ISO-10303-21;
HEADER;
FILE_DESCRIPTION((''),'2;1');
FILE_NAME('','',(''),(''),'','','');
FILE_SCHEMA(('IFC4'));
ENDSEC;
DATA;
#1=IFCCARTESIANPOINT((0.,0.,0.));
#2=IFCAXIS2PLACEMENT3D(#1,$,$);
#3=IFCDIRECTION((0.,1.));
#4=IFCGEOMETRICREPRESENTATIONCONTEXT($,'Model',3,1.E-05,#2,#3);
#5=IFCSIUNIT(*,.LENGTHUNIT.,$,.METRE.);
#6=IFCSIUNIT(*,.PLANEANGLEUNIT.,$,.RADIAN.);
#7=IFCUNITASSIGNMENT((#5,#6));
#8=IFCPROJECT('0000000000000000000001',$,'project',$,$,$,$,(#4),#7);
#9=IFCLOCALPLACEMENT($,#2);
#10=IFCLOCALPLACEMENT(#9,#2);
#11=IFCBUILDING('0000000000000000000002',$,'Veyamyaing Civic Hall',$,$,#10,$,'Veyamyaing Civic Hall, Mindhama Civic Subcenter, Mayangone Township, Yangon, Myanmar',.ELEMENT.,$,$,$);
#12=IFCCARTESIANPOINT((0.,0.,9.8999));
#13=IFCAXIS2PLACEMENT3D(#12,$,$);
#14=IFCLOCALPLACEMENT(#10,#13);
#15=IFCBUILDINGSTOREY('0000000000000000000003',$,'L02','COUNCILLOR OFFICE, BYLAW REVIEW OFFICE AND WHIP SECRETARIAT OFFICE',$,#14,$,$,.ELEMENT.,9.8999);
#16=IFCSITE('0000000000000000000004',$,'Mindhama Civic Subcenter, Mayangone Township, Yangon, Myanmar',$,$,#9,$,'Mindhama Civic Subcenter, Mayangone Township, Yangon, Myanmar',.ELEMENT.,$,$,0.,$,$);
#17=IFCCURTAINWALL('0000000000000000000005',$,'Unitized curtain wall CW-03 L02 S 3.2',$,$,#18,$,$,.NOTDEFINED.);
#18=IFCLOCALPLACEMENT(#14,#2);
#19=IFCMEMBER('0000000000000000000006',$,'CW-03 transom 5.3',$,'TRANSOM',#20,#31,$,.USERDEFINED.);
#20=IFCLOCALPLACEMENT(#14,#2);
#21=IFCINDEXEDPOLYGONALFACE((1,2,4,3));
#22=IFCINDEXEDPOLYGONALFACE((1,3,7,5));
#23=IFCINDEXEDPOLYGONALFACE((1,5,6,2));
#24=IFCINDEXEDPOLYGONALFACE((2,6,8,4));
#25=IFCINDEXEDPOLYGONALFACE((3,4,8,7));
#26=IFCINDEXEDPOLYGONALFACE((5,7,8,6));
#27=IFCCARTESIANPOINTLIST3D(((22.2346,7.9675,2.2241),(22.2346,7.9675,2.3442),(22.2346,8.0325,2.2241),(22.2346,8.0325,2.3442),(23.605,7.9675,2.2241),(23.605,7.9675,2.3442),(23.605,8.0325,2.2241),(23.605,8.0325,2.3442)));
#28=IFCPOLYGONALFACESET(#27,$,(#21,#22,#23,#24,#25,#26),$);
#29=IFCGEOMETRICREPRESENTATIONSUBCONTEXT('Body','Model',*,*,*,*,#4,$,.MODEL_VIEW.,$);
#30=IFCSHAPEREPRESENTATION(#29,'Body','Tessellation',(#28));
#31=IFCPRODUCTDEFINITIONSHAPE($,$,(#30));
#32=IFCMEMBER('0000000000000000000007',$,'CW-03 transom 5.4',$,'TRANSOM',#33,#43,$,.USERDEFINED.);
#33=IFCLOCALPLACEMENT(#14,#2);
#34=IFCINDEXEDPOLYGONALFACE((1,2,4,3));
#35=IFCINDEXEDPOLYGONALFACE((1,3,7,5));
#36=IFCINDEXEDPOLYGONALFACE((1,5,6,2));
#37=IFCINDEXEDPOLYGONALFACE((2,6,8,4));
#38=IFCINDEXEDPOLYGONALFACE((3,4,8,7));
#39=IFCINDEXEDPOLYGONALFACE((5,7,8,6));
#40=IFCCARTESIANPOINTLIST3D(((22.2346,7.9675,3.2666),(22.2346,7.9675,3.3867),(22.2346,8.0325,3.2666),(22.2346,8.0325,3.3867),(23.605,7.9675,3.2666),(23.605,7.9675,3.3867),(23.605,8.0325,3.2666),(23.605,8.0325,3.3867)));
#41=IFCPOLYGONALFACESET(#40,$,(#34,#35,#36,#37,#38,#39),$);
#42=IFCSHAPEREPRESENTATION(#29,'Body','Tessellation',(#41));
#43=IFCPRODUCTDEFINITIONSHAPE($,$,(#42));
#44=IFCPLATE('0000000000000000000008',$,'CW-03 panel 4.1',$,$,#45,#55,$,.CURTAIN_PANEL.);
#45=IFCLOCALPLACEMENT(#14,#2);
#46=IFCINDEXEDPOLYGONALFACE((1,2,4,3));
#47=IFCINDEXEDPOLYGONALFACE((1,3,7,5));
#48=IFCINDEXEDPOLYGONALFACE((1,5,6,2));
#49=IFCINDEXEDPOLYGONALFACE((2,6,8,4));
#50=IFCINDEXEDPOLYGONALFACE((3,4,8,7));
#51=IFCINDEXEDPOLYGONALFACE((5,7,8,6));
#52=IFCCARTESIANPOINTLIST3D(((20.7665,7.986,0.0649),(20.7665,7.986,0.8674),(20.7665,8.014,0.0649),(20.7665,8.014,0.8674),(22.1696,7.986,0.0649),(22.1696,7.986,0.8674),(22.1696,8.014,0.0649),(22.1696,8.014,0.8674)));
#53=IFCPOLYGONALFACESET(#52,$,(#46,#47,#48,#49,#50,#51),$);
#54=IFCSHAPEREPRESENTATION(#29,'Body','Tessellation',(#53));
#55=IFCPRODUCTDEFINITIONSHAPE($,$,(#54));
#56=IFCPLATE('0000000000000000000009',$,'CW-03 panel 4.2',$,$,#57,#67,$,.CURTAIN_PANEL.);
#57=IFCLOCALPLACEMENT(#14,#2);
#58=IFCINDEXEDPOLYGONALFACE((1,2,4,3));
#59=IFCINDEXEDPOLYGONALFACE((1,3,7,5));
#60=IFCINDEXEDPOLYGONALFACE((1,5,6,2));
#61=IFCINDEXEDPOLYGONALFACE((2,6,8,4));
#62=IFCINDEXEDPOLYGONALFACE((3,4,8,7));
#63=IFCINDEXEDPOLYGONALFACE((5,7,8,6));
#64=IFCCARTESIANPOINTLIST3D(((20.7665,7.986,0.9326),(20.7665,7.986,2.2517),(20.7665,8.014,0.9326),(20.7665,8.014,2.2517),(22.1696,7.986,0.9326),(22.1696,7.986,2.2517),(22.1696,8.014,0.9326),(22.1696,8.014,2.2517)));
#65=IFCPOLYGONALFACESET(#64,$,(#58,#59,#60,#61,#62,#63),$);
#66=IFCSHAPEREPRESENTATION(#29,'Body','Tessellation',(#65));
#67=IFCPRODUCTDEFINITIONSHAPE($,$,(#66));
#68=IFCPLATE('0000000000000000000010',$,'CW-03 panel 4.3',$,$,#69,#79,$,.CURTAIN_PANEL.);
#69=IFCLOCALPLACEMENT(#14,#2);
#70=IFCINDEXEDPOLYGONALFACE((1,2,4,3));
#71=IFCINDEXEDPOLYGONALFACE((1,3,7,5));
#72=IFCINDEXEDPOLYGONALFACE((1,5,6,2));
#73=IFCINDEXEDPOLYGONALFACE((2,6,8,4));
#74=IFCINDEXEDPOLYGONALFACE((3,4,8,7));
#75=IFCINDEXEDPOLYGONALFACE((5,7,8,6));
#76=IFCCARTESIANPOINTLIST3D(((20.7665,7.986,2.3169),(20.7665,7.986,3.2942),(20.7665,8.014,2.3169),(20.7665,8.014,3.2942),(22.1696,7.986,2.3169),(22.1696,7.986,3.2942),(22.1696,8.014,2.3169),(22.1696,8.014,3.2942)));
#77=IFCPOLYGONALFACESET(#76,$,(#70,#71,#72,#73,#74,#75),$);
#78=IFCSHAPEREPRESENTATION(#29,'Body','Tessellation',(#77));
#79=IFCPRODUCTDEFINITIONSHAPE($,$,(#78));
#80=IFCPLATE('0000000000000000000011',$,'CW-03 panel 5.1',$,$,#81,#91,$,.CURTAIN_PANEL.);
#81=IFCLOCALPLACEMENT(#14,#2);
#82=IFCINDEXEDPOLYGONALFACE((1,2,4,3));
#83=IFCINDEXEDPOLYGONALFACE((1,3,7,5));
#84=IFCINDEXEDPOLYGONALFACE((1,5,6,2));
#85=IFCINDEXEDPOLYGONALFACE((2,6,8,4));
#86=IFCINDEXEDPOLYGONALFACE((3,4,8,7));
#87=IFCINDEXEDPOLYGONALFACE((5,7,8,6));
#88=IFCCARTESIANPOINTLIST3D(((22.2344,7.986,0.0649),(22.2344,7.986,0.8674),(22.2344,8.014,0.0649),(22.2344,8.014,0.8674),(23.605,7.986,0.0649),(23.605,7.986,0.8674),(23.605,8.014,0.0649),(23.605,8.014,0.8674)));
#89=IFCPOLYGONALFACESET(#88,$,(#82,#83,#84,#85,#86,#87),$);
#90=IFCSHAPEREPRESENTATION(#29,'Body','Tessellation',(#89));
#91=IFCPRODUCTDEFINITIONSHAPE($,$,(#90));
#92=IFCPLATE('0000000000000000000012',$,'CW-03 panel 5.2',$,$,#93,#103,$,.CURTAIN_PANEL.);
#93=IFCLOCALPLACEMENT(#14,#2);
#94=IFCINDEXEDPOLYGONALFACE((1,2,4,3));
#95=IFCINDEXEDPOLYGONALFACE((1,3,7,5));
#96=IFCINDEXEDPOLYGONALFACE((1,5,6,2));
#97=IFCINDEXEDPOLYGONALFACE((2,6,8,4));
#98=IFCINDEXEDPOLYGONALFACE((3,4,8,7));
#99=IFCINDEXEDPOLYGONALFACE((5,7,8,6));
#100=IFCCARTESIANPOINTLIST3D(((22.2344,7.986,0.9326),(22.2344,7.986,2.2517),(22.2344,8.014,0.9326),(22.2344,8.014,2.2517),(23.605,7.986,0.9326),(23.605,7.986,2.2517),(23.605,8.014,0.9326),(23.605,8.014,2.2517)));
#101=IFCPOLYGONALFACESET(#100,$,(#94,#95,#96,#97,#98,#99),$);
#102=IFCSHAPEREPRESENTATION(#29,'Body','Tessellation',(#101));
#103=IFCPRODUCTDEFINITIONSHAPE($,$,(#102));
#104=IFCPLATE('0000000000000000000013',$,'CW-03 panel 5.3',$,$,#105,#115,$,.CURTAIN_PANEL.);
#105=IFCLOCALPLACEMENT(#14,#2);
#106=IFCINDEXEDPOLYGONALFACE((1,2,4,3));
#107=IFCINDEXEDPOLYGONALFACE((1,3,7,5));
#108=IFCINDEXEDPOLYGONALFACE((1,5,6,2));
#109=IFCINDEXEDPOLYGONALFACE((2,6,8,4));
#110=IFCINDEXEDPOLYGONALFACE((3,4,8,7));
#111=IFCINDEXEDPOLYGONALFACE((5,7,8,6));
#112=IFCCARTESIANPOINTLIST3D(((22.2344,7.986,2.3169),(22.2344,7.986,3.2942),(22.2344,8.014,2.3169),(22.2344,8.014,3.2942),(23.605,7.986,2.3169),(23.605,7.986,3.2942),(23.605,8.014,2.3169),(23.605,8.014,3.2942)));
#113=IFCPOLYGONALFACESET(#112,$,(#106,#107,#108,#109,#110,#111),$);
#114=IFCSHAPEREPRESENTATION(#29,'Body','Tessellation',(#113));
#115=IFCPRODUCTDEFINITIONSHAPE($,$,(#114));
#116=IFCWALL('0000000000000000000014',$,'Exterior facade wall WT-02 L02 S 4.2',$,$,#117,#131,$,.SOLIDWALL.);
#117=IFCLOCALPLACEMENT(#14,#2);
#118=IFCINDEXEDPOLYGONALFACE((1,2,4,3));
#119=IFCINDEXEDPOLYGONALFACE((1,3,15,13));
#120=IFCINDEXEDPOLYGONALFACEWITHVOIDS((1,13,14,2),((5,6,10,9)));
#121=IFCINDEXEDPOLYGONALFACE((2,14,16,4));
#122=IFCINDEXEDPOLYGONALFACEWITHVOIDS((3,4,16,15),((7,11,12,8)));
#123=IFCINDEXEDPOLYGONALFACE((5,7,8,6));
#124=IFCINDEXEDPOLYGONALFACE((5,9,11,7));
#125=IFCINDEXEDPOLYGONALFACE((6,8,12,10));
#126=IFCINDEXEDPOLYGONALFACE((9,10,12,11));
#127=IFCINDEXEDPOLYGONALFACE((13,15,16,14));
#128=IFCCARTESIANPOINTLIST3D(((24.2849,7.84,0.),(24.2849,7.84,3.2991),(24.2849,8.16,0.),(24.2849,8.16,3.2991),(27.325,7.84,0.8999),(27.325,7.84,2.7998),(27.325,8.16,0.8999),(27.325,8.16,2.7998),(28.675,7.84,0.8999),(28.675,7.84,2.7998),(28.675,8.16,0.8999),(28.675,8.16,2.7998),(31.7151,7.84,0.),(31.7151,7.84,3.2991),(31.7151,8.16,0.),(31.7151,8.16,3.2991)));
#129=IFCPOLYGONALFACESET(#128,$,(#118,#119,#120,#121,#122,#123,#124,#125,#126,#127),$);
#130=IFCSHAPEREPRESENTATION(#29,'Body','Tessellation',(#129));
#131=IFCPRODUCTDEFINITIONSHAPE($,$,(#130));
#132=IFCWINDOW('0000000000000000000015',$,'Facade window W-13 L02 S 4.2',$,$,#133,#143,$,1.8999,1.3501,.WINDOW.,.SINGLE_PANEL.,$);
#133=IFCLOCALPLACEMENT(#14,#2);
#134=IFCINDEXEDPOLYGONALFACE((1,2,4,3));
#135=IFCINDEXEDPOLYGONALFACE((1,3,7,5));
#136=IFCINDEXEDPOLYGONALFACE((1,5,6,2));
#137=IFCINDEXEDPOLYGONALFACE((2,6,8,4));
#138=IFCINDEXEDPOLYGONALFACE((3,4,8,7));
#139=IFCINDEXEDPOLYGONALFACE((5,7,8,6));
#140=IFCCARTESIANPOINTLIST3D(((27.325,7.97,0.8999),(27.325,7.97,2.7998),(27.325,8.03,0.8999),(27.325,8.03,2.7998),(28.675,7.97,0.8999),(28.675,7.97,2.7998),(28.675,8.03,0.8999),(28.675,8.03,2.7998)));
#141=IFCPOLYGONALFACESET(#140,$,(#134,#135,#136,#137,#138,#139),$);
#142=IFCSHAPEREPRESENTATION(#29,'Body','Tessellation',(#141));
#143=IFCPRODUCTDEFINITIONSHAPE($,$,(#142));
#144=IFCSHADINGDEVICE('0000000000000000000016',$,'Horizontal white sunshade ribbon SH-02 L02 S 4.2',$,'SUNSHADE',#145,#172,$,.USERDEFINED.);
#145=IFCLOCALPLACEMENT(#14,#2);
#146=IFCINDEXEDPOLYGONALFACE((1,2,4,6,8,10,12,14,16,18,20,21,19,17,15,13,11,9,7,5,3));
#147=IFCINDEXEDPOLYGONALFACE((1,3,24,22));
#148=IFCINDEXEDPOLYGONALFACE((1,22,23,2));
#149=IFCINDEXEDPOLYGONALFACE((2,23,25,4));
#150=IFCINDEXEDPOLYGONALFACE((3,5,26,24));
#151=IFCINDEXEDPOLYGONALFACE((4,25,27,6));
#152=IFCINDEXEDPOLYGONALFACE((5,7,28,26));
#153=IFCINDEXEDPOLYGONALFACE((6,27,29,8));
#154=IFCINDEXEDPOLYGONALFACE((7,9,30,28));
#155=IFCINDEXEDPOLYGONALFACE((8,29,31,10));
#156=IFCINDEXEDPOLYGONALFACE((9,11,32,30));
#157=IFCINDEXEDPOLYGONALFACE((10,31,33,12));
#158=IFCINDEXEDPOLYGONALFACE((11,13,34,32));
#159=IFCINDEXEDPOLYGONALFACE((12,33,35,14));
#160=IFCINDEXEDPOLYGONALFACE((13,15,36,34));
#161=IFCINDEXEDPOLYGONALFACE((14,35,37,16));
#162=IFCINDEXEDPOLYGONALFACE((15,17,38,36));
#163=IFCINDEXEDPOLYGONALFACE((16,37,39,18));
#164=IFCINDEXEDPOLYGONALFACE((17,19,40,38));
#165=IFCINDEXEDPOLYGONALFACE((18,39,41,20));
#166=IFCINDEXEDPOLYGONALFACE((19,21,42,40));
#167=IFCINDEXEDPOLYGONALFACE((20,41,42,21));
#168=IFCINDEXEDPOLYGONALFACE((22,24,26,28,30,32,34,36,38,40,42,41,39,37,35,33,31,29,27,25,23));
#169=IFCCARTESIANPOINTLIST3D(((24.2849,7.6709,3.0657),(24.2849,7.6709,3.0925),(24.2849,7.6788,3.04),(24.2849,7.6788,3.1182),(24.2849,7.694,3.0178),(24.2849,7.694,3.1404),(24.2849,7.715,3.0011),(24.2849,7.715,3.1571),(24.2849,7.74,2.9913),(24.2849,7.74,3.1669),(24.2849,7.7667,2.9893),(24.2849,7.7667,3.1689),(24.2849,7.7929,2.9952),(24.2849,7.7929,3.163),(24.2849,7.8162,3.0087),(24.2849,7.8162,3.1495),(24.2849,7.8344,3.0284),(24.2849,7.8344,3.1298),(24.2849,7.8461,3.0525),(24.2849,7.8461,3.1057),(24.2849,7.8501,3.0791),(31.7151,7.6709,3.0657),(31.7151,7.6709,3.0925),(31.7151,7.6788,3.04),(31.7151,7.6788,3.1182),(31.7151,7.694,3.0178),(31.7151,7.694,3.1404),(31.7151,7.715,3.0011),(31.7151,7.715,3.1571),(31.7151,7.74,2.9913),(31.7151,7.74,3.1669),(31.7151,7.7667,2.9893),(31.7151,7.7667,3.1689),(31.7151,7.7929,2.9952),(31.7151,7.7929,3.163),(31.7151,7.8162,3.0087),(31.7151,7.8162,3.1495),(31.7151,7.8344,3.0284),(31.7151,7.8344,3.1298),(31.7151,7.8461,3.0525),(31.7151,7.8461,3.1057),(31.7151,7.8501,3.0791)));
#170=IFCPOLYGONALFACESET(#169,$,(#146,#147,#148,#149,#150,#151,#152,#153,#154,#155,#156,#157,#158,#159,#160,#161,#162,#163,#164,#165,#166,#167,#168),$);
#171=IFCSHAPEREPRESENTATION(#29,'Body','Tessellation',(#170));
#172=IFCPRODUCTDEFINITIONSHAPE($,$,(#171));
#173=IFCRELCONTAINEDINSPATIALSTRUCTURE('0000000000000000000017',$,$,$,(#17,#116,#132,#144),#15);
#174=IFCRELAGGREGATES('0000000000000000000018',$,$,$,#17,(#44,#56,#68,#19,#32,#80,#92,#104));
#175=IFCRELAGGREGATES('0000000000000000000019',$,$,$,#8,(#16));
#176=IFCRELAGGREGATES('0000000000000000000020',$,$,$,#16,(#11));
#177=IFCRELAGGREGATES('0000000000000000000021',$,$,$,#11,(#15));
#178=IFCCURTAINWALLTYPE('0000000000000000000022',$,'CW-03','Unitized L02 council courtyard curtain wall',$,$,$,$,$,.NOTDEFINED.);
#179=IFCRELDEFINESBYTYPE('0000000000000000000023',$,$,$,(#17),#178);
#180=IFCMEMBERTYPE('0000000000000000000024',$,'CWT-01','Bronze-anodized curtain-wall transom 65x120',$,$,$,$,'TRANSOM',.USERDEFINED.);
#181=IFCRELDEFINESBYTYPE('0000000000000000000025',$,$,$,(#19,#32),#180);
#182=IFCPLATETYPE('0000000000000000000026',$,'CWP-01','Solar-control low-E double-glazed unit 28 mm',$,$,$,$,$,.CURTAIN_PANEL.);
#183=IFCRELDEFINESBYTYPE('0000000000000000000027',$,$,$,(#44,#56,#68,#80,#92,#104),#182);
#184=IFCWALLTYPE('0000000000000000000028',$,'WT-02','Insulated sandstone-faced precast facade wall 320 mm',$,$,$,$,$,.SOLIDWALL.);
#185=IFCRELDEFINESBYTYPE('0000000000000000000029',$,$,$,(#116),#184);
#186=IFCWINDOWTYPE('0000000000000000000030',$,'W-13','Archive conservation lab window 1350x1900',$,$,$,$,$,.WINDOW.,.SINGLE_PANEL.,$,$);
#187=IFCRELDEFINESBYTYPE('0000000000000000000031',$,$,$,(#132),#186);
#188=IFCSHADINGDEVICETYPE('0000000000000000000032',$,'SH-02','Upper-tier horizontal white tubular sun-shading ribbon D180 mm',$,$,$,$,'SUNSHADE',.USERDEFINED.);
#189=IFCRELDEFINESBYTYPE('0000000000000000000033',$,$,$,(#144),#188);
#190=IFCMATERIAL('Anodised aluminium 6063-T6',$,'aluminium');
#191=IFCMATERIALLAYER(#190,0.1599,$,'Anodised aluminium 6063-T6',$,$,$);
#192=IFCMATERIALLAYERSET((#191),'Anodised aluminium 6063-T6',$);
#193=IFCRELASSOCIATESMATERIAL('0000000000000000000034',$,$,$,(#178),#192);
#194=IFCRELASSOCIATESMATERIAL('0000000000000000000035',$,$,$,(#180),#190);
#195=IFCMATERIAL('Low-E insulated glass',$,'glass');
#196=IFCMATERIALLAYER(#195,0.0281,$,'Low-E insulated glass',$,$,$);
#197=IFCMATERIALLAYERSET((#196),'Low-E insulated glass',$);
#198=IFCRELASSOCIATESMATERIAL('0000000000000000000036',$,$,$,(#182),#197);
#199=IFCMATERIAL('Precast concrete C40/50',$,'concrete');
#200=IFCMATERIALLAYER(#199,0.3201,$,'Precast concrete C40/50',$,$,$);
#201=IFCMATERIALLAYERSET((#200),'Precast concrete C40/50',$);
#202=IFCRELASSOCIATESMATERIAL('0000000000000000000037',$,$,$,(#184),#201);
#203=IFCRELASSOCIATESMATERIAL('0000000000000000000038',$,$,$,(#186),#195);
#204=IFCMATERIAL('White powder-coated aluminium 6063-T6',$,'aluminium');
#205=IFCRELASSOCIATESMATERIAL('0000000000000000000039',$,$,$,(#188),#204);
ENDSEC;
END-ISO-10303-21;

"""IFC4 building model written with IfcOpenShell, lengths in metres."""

from ifc_helpers import new_model, si_unit, direction, frame, frame_2d, origin, origin_2d, place, context, subcontext, project, spatial, rectangle, circle, extrude, material, layer, layer_set, material_profile, profile_set, type_object, element, fill, aggregate, save


model = new_model("IFC4")

# Units and contexts
model_context = context("Model", 3, precision=1e-05, world=origin(), true_north=direction((0.0, 1.0)))
body_context = subcontext(model_context, "Body", "Model", "MODEL_VIEW")
ifc_project = project(units=[si_unit("LENGTHUNIT", "METRE"), si_unit("PLANEANGLEUNIT", "RADIAN")], contexts=[model_context])

# Site, building, storey
site_placement = place(None, origin())
site = spatial("IfcSite", under=ifc_project, at=site_placement, Name="Mindhama Civic Subcenter, Mayangone Township, Yangon, Myanmar", LongName="Mindhama Civic Subcenter, Mayangone Township, Yangon, Myanmar", CompositionType="ELEMENT", RefElevation=0.0)
building_placement = place(site_placement, origin())
building = spatial("IfcBuilding", under=site, at=building_placement, Name="Veyamyaing Civic Hall", LongName="Veyamyaing Civic Hall, Mindhama Civic Subcenter, Mayangone Township, Yangon, Myanmar", CompositionType="ELEMENT")
storey_placement = place(building_placement, frame((0.0, 0.0, 9.8999)))
storey = spatial("IfcBuildingStorey", under=building, at=storey_placement, Name="L02", Description="COUNCILLOR OFFICE, BYLAW REVIEW OFFICE AND WHIP SECRETARIAT OFFICE", CompositionType="ELEMENT", Elevation=9.8999)

# Curtain wall, members, plates
ifc_material_1 = material(Name="Anodised aluminium 6063-T6", Category="aluminium")
ifc_layer_1 = layer(ifc_material_1, 0.1599, Name="Anodised aluminium 6063-T6")
ifc_layer_set_1 = layer_set([ifc_layer_1], Name="Anodised aluminium 6063-T6")
curtain_wall_type = type_object("IfcCurtainWallType", Name="CW-03", Description="Unitized L02 council courtyard curtain wall", PredefinedType="NOTDEFINED", material=ifc_layer_set_1)
curtain_wall_placement = place(storey_placement, origin())
curtain_wall = element("IfcCurtainWall", 1, at=curtain_wall_placement, inside=storey, type_object=curtain_wall_type, Name="Unitized curtain wall CW-03 L02 S 3.2", PredefinedType="NOTDEFINED")
ifc_material_profile_1 = material_profile(ifc_material_1, rectangle(XDim=0.0649, YDim=0.1201, at=origin_2d()), Name="ALU-TRN-65X120")
ifc_profile_set_1 = profile_set([ifc_material_profile_1], Name="Anodised aluminium 6063-T6")
member_type_1 = type_object("IfcMemberType", Name="CWT-01", Description="Bronze-anodized curtain-wall transom 65x120", ElementType="TRANSOM", PredefinedType="USERDEFINED", material=ifc_profile_set_1)
member_1_placement = place(storey_placement, frame((22.2346, 8.0, 2.2842), z_axis=(1.0, 0.0, 0.0), x_axis=(0.0, 1.0, 0.0)))
member_1 = element("IfcMember", 2, at=member_1_placement, type_object=member_type_1, Name="CW-03 transom 5.3", ObjectType="TRANSOM", PredefinedType="USERDEFINED", context=body_context, shape_type="SweptSolid", body=[
    extrude(rectangle(XDim=0.0649, YDim=0.1201, at=origin_2d()), origin(), (0.0, 0.0, 1.0), 1.3704),
])
member_2_placement = place(storey_placement, frame((22.2346, 8.0, 3.3267), z_axis=(1.0, 0.0, 0.0), x_axis=(0.0, 1.0, 0.0)))
member_2 = element("IfcMember", 3, at=member_2_placement, type_object=member_type_1, Name="CW-03 transom 5.4", ObjectType="TRANSOM", PredefinedType="USERDEFINED", context=body_context, shape_type="SweptSolid", body=[
    extrude(rectangle(XDim=0.0649, YDim=0.1201, at=origin_2d()), origin(), (0.0, 0.0, 1.0), 1.3704),
])
ifc_material_2 = material(Name="Low-E insulated glass", Category="glass")
ifc_layer_2 = layer(ifc_material_2, 0.0281, Name="Low-E insulated glass")
ifc_layer_set_2 = layer_set([ifc_layer_2], Name="Low-E insulated glass")
plate_type = type_object("IfcPlateType", Name="CWP-01", Description="Solar-control low-E double-glazed unit 28 mm", PredefinedType="CURTAIN_PANEL", material=ifc_layer_set_2)
plate_1_placement = place(storey_placement, frame((21.468, 8.0, 0.0649), z_axis=(0.0, 0.0, 1.0), x_axis=(1.0, 0.0, 0.0)))
plate_1 = element("IfcPlate", 4, at=plate_1_placement, type_object=plate_type, Name="CW-03 panel 4.1", PredefinedType="CURTAIN_PANEL", context=body_context, shape_type="SweptSolid", body=[
    extrude(rectangle(XDim=1.4031, YDim=0.0281, at=origin_2d()), origin(), (0.0, 0.0, 1.0), 0.8025),
])
plate_2_placement = place(storey_placement, frame((21.468, 8.0, 0.9326), z_axis=(0.0, 0.0, 1.0), x_axis=(1.0, 0.0, 0.0)))
plate_2 = element("IfcPlate", 5, at=plate_2_placement, type_object=plate_type, Name="CW-03 panel 4.2", PredefinedType="CURTAIN_PANEL", context=body_context, shape_type="SweptSolid", body=[
    extrude(rectangle(XDim=1.4031, YDim=0.0281, at=origin_2d()), origin(), (0.0, 0.0, 1.0), 1.3191),
])
plate_3_placement = place(storey_placement, frame((21.468, 8.0, 2.3169), z_axis=(0.0, 0.0, 1.0), x_axis=(1.0, 0.0, 0.0)))
plate_3 = element("IfcPlate", 6, at=plate_3_placement, type_object=plate_type, Name="CW-03 panel 4.3", PredefinedType="CURTAIN_PANEL", context=body_context, shape_type="SweptSolid", body=[
    extrude(rectangle(XDim=1.4031, YDim=0.0281, at=origin_2d()), origin(), (0.0, 0.0, 1.0), 0.9773),
])
plate_4_placement = place(storey_placement, frame((22.9197, 8.0, 0.0649), z_axis=(0.0, 0.0, 1.0), x_axis=(1.0, 0.0, 0.0)))
plate_4 = element("IfcPlate", 7, at=plate_4_placement, type_object=plate_type, Name="CW-03 panel 5.1", PredefinedType="CURTAIN_PANEL", context=body_context, shape_type="SweptSolid", body=[
    extrude(rectangle(XDim=1.3706, YDim=0.0281, at=origin_2d()), origin(), (0.0, 0.0, 1.0), 0.8025),
])
plate_5_placement = place(storey_placement, frame((22.9197, 8.0, 0.9326), z_axis=(0.0, 0.0, 1.0), x_axis=(1.0, 0.0, 0.0)))
plate_5 = element("IfcPlate", 8, at=plate_5_placement, type_object=plate_type, Name="CW-03 panel 5.2", PredefinedType="CURTAIN_PANEL", context=body_context, shape_type="SweptSolid", body=[
    extrude(rectangle(XDim=1.3706, YDim=0.0281, at=origin_2d()), origin(), (0.0, 0.0, 1.0), 1.3191),
])
plate_6_placement = place(storey_placement, frame((22.9197, 8.0, 2.3169), z_axis=(0.0, 0.0, 1.0), x_axis=(1.0, 0.0, 0.0)))
plate_6 = element("IfcPlate", 9, at=plate_6_placement, type_object=plate_type, Name="CW-03 panel 5.3", PredefinedType="CURTAIN_PANEL", context=body_context, shape_type="SweptSolid", body=[
    extrude(rectangle(XDim=1.3706, YDim=0.0281, at=origin_2d()), origin(), (0.0, 0.0, 1.0), 0.9773),
])
aggregate(curtain_wall, [plate_1, plate_2, plate_3, member_1, member_2, plate_4, plate_5, plate_6])

# Wall, opening, window
ifc_material_3 = material(Name="Precast concrete C40/50", Category="concrete")
ifc_layer_3 = layer(ifc_material_3, 0.3201, Name="Precast concrete C40/50")
ifc_layer_set_3 = layer_set([ifc_layer_3], Name="Precast concrete C40/50")
wall_type = type_object("IfcWallType", Name="WT-02", Description="Insulated sandstone-faced precast facade wall 320 mm", PredefinedType="SOLIDWALL", material=ifc_layer_set_3)
wall_placement = place(storey_placement, frame((24.2849, 8.0, 0.0), z_axis=(0.0, 0.0, 1.0), x_axis=(1.0, 0.0, 0.0)))
wall = element("IfcWall", 10, at=wall_placement, inside=storey, type_object=wall_type, Name="Exterior facade wall WT-02 L02 S 4.2", PredefinedType="SOLIDWALL", context=body_context, shape_type="SweptSolid", body=[
    extrude(rectangle(XDim=7.4302, YDim=0.3201, at=frame_2d((3.7151, 0.0))), origin(), (0.0, 0.0, 1.0), 3.2991),
])
opening_placement = place(wall_placement, frame((3.04, 0.0, 0.8999)))
opening = element("IfcOpeningElement", 11, at=opening_placement, cuts=wall, PredefinedType="OPENING", context=body_context, shape_type="SweptSolid", body=[
    extrude(rectangle(XDim=1.3501, YDim=1.8999, at=frame_2d((0.675, 0.95))), frame((0.0, 0.1699, 0.0), z_axis=(0.0, -1.0, 0.0), x_axis=(1.0, 0.0, 0.0)), (0.0, 0.0, 1.0), 0.3401),
])
window_type = type_object("IfcWindowType", Name="W-13", Description="Archive conservation lab window 1350x1900", PartitioningType="SINGLE_PANEL", PredefinedType="WINDOW", material=ifc_material_2)
window_placement = place(opening_placement, origin())
window = element("IfcWindow", 12, at=window_placement, inside=storey, type_object=window_type, Name="Facade window W-13 L02 S 4.2", OverallHeight=1.8999, OverallWidth=1.3501, PartitioningType="SINGLE_PANEL", PredefinedType="WINDOW", context=body_context, shape_type="SweptSolid", body=[
    extrude(rectangle(XDim=1.3501, YDim=1.8999, at=frame_2d((0.675, 0.95))), frame((0.0, 0.03, 0.0), z_axis=(0.0, -1.0, 0.0), x_axis=(1.0, 0.0, 0.0)), (0.0, 0.0, 1.0), 0.0601),
])
fill(opening, window)

# Shading device
ifc_material_4 = material(Name="White powder-coated aluminium 6063-T6", Category="aluminium")
ifc_material_profile_2 = material_profile(ifc_material_4, circle(Radius=0.0901, at=origin_2d()), Name="SHADE-TUBE-180")
ifc_profile_set_2 = profile_set([ifc_material_profile_2], Name="White powder-coated aluminium 6063-T6")
shading_device_type = type_object("IfcShadingDeviceType", Name="SH-02", Description="Upper-tier horizontal white tubular sun-shading ribbon D180 mm", ElementType="SUNSHADE", PredefinedType="USERDEFINED", material=ifc_profile_set_2)
shading_device_placement = place(storey_placement, frame((24.2849, 7.76, 3.0791), z_axis=(1.0, 0.0, 0.0), x_axis=(0.0, 1.0, 0.0)))
element("IfcShadingDevice", 13, at=shading_device_placement, inside=storey, type_object=shading_device_type, Name="Horizontal white sunshade ribbon SH-02 L02 S 4.2", ObjectType="SUNSHADE", PredefinedType="USERDEFINED", context=body_context, shape_type="SweptSolid", body=[
    extrude(circle(Radius=0.0901, at=origin_2d()), origin(), (0.0, 0.0, 1.0), 7.4302),
])

save(model, "model.ifc")
